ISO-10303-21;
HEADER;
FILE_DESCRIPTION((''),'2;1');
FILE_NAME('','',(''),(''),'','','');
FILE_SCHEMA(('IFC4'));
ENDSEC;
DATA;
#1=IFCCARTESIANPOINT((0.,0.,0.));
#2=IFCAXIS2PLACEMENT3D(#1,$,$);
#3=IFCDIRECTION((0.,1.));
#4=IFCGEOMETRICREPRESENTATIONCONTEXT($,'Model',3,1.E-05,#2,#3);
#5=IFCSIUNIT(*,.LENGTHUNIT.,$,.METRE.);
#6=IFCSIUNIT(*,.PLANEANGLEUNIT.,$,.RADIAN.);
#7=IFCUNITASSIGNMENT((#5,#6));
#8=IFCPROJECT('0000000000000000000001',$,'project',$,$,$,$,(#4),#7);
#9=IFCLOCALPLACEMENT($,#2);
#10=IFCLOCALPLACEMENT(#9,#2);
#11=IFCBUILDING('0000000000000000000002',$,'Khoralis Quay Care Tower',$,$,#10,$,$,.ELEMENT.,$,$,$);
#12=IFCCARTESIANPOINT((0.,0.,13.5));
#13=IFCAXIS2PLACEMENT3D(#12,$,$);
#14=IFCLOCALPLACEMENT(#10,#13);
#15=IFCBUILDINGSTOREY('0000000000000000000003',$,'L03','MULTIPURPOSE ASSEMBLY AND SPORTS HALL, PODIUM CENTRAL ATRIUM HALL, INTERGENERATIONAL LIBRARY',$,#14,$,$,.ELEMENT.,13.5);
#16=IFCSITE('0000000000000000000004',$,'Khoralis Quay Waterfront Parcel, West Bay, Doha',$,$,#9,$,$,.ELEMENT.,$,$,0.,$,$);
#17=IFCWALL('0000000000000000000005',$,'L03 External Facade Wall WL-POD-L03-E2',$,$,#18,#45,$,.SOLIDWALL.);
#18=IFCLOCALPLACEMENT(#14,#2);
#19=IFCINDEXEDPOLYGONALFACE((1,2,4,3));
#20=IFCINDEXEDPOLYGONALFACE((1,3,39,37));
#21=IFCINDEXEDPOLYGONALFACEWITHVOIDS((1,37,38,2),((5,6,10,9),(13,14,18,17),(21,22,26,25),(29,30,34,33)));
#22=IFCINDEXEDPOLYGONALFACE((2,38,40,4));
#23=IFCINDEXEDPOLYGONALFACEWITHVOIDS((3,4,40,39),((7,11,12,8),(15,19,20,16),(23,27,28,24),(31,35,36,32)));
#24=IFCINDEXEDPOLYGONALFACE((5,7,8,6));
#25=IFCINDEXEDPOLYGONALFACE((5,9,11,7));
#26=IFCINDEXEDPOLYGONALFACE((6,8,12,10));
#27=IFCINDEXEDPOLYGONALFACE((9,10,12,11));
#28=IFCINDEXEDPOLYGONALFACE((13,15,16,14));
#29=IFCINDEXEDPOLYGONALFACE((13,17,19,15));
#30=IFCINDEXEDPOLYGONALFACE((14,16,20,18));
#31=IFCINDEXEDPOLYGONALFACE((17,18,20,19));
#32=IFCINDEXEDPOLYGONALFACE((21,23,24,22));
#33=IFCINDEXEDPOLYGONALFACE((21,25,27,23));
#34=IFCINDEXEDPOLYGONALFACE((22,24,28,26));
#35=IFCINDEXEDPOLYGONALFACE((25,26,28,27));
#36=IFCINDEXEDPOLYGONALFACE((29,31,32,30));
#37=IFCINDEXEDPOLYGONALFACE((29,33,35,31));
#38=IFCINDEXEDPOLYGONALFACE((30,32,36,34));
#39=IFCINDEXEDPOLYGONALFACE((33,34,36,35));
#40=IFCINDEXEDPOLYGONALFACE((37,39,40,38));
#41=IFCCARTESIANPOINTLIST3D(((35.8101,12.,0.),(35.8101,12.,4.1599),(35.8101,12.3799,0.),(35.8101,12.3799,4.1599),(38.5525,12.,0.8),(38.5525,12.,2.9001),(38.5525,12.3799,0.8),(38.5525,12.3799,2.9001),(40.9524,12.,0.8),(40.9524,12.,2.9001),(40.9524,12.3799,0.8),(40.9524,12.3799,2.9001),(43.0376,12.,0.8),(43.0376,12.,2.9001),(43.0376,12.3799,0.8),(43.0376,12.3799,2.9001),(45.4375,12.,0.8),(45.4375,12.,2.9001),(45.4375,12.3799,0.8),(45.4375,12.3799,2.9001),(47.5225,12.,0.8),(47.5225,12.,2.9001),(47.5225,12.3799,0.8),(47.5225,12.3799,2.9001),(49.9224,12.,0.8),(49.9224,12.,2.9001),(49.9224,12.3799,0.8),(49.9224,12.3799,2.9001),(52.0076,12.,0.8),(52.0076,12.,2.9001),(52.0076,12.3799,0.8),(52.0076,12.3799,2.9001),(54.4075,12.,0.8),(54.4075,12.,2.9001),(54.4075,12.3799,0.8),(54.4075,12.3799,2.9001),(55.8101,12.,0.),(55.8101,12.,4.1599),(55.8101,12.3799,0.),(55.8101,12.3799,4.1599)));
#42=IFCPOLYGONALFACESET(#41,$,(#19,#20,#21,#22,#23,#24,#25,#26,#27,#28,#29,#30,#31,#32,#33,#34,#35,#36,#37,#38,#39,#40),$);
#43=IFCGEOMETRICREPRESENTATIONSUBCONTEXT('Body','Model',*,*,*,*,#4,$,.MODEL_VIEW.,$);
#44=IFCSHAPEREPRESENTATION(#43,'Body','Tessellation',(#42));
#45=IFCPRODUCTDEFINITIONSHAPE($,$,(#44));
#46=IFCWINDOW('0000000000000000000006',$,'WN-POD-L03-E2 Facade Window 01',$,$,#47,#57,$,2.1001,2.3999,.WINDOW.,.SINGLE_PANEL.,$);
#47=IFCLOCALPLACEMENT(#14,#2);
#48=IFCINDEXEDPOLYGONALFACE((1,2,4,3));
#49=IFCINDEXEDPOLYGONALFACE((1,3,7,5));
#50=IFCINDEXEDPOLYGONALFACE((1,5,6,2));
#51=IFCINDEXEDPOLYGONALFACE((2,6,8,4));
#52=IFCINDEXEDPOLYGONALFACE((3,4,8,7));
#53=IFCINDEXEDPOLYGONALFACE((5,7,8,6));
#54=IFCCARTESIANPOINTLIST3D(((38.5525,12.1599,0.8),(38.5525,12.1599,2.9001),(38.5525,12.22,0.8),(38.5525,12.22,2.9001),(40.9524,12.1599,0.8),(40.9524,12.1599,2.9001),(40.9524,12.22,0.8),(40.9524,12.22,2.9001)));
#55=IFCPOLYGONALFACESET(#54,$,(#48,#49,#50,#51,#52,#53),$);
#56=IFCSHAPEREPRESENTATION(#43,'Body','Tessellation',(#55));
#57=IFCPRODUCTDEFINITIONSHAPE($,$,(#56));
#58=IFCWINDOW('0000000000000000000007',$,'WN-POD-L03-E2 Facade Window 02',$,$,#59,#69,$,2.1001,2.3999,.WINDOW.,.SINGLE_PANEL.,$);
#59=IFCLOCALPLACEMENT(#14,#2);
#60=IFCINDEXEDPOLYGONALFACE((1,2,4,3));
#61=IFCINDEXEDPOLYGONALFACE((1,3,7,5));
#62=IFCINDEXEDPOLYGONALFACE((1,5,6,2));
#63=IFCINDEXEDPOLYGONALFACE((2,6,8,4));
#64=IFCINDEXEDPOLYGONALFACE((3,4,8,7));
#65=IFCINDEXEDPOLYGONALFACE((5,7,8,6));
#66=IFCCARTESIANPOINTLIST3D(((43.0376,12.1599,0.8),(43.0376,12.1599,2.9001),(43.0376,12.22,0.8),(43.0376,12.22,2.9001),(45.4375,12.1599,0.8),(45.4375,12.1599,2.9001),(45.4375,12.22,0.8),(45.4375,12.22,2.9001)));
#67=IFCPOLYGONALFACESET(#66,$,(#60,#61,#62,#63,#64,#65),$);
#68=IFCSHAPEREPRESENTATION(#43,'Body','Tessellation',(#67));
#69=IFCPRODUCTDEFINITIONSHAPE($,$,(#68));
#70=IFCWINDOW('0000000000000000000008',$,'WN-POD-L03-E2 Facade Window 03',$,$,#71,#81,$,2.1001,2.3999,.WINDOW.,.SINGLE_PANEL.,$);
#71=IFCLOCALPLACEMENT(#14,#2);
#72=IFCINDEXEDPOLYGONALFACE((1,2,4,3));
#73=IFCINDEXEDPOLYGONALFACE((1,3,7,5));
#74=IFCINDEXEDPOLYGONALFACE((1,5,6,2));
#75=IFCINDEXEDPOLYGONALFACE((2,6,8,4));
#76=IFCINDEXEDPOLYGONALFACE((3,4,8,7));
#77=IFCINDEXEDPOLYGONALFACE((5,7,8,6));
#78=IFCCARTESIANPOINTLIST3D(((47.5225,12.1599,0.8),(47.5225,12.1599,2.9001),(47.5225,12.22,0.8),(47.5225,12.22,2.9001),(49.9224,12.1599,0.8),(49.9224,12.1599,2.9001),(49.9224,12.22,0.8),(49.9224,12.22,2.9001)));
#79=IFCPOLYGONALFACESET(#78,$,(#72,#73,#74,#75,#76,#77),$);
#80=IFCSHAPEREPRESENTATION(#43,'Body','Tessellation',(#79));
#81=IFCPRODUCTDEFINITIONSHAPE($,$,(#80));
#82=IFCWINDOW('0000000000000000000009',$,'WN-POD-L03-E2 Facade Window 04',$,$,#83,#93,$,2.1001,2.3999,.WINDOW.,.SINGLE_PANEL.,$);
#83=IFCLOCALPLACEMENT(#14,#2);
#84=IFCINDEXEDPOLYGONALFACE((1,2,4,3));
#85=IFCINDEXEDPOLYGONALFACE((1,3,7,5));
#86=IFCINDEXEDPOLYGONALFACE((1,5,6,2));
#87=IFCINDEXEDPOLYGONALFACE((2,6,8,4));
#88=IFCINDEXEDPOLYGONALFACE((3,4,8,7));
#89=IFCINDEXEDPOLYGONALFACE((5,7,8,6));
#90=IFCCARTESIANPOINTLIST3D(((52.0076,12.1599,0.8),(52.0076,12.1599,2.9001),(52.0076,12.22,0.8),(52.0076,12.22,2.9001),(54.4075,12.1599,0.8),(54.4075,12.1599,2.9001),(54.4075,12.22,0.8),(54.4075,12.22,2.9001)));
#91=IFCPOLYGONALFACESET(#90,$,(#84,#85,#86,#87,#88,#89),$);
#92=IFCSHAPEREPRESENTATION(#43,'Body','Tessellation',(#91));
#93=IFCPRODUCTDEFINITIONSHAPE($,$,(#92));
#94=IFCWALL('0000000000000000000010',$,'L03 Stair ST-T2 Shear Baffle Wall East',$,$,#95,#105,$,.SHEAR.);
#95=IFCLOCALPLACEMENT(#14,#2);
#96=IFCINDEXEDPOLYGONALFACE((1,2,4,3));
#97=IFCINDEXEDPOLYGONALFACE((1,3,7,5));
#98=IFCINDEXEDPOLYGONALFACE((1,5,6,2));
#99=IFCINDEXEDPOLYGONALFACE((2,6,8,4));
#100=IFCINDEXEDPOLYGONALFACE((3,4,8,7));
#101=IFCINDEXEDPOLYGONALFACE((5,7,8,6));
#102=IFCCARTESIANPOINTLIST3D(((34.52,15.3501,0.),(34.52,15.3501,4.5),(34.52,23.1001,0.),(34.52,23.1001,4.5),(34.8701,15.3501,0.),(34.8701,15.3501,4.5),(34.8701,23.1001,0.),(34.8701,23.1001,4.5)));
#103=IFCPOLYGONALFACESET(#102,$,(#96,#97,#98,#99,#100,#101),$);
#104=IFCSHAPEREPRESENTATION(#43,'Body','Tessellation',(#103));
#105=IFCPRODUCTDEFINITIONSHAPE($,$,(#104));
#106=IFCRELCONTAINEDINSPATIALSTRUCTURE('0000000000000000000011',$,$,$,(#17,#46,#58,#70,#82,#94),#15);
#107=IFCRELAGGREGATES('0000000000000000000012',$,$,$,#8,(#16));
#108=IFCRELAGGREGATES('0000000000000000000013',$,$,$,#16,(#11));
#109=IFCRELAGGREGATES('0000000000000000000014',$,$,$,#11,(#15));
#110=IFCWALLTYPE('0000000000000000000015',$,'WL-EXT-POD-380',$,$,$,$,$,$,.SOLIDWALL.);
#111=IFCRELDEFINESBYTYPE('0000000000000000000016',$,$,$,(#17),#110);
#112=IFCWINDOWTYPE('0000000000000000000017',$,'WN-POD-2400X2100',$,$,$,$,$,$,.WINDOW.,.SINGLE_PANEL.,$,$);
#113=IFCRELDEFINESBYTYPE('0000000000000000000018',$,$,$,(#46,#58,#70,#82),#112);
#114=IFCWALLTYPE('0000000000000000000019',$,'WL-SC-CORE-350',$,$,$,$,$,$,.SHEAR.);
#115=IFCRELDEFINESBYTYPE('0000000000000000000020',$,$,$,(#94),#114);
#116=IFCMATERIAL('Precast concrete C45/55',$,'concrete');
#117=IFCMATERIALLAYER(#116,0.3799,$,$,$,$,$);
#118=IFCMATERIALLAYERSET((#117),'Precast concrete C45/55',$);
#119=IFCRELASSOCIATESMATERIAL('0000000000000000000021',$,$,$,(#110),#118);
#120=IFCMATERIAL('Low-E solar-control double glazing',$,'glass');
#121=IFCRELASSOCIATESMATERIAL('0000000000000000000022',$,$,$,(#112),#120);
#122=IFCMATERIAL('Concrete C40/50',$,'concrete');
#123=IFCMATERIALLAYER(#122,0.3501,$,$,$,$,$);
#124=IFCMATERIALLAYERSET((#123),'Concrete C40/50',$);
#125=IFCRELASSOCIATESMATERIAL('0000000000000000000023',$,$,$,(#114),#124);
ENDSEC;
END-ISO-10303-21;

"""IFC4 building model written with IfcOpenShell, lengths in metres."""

from ifc_helpers import new_model, si_unit, direction, frame, frame_2d, origin, place, context, subcontext, project, spatial, rectangle, extrude, source, transform, mapped, material, layer, layer_set, type_object, element, fill, save


model = new_model("IFC4")

# Units and contexts
model_context = context("Model", 3, precision=1e-05, world=origin(), true_north=direction((0.0, 1.0)))
body_context = subcontext(model_context, "Body", "Model", "MODEL_VIEW")
ifc_project = project(units=[si_unit("LENGTHUNIT", "METRE"), si_unit("PLANEANGLEUNIT", "RADIAN")], contexts=[model_context])

# Site, building, storey
site_placement = place(None, origin())
site = spatial("IfcSite", under=ifc_project, at=site_placement, Name="Khoralis Quay Waterfront Parcel, West Bay, Doha", CompositionType="ELEMENT", RefElevation=0.0)
building_placement = place(site_placement, origin())
building = spatial("IfcBuilding", under=site, at=building_placement, Name="Khoralis Quay Care Tower", CompositionType="ELEMENT")
storey_placement = place(building_placement, frame((0.0, 0.0, 13.5)))
storey = spatial("IfcBuildingStorey", under=building, at=storey_placement, Name="L03", Description="MULTIPURPOSE ASSEMBLY AND SPORTS HALL, PODIUM CENTRAL ATRIUM HALL, INTERGENERATIONAL LIBRARY", CompositionType="ELEMENT", Elevation=13.5)

# Shared definitions
ifc_material_1 = material(Name="Low-E solar-control double glazing", Category="glass")

# Shared definitions
ifc_material_2 = material(Name="Precast concrete C45/55", Category="concrete")
ifc_layer_1 = layer(ifc_material_2, 0.3799)
ifc_layer_set_1 = layer_set([ifc_layer_1], Name="Precast concrete C45/55")
wall_type_1 = type_object("IfcWallType", Name="WL-EXT-POD-380", PredefinedType="SOLIDWALL", material=ifc_layer_set_1)
window_type = type_object("IfcWindowType", Name="WN-POD-2400X2100", PartitioningType="SINGLE_PANEL", PredefinedType="WINDOW", material=ifc_material_1)
shared_shape_1 = source(origin(), body_context, "Body", "SweptSolid", [
    extrude(rectangle(XDim=2.3999, YDim=2.1001, at=frame_2d((1.2, 1.05))), frame((0.0, 0.03, 0.0), z_axis=(0.0, -1.0, 0.0), x_axis=(1.0, 0.0, 0.0)), (0.0, 0.0, 1.0), 0.0601),
])

# Wall, openings, windows
wall_1_placement = place(storey_placement, frame((35.8101, 12.1899, 0.0), z_axis=(0.0, 0.0, 1.0), x_axis=(1.0, 0.0, 0.0)))
wall_1 = element("IfcWall", 1, at=wall_1_placement, inside=storey, type_object=wall_type_1, Name="L03 External Facade Wall WL-POD-L03-E2", PredefinedType="SOLIDWALL", context=body_context, shape_type="SweptSolid", body=[
    extrude(rectangle(XDim=20.0, YDim=0.3799, at=frame_2d((10.0, 0.0))), origin(), (0.0, 0.0, 1.0), 4.1599),
])
opening_1_placement = place(wall_1_placement, frame((2.7424, 0.0, 0.8)))
opening_1 = element("IfcOpeningElement", 2, at=opening_1_placement, cuts=wall_1, PredefinedType="OPENING", context=body_context, shape_type="SweptSolid", body=[
    extrude(rectangle(XDim=2.3999, YDim=2.1001, at=frame_2d((1.2, 1.05))), frame((0.0, 0.2, 0.0), z_axis=(0.0, -1.0, 0.0), x_axis=(1.0, 0.0, 0.0)), (0.0, 0.0, 1.0), 0.3999),
])
opening_2_placement = place(wall_1_placement, frame((7.2275, 0.0, 0.8)))
opening_2 = element("IfcOpeningElement", 3, at=opening_2_placement, cuts=wall_1, PredefinedType="OPENING", context=body_context, shape_type="SweptSolid", body=[
    extrude(rectangle(XDim=2.3999, YDim=2.1001, at=frame_2d((1.2, 1.05))), frame((0.0, 0.2, 0.0), z_axis=(0.0, -1.0, 0.0), x_axis=(1.0, 0.0, 0.0)), (0.0, 0.0, 1.0), 0.3999),
])
opening_3_placement = place(wall_1_placement, frame((11.7124, 0.0, 0.8)))
opening_3 = element("IfcOpeningElement", 4, at=opening_3_placement, cuts=wall_1, PredefinedType="OPENING", context=body_context, shape_type="SweptSolid", body=[
    extrude(rectangle(XDim=2.3999, YDim=2.1001, at=frame_2d((1.2, 1.05))), frame((0.0, 0.2, 0.0), z_axis=(0.0, -1.0, 0.0), x_axis=(1.0, 0.0, 0.0)), (0.0, 0.0, 1.0), 0.3999),
])
opening_4_placement = place(wall_1_placement, frame((16.1975, 0.0, 0.8)))
opening_4 = element("IfcOpeningElement", 5, at=opening_4_placement, cuts=wall_1, PredefinedType="OPENING", context=body_context, shape_type="SweptSolid", body=[
    extrude(rectangle(XDim=2.3999, YDim=2.1001, at=frame_2d((1.2, 1.05))), frame((0.0, 0.2, 0.0), z_axis=(0.0, -1.0, 0.0), x_axis=(1.0, 0.0, 0.0)), (0.0, 0.0, 1.0), 0.3999),
])
window_1_placement = place(opening_1_placement, origin())
window_1 = element("IfcWindow", 6, at=window_1_placement, inside=storey, type_object=window_type, Name="WN-POD-L03-E2 Facade Window 01", OverallHeight=2.1001, OverallWidth=2.3999, PartitioningType="SINGLE_PANEL", PredefinedType="WINDOW", context=body_context, shape_type="MappedRepresentation", body=[
    mapped(shared_shape_1, transform((0.0, 0.0, 0.0), scale=1.0)),
])
fill(opening_1, window_1)
window_2_placement = place(opening_2_placement, origin())
window_2 = element("IfcWindow", 7, at=window_2_placement, inside=storey, type_object=window_type, Name="WN-POD-L03-E2 Facade Window 02", OverallHeight=2.1001, OverallWidth=2.3999, PartitioningType="SINGLE_PANEL", PredefinedType="WINDOW", context=body_context, shape_type="MappedRepresentation", body=[
    mapped(shared_shape_1, transform((0.0, 0.0, 0.0), scale=1.0)),
])
fill(opening_2, window_2)
window_3_placement = place(opening_3_placement, origin())
window_3 = element("IfcWindow", 8, at=window_3_placement, inside=storey, type_object=window_type, Name="WN-POD-L03-E2 Facade Window 03", OverallHeight=2.1001, OverallWidth=2.3999, PartitioningType="SINGLE_PANEL", PredefinedType="WINDOW", context=body_context, shape_type="MappedRepresentation", body=[
    mapped(shared_shape_1, transform((0.0, 0.0, 0.0), scale=1.0)),
])
fill(opening_3, window_3)
window_4_placement = place(opening_4_placement, origin())
window_4 = element("IfcWindow", 9, at=window_4_placement, inside=storey, type_object=window_type, Name="WN-POD-L03-E2 Facade Window 04", OverallHeight=2.1001, OverallWidth=2.3999, PartitioningType="SINGLE_PANEL", PredefinedType="WINDOW", context=body_context, shape_type="MappedRepresentation", body=[
    mapped(shared_shape_1, transform((0.0, 0.0, 0.0), scale=1.0)),
])
fill(opening_4, window_4)

# Wall
ifc_material_3 = material(Name="Concrete C40/50", Category="concrete")
ifc_layer_2 = layer(ifc_material_3, 0.3501)
ifc_layer_set_2 = layer_set([ifc_layer_2], Name="Concrete C40/50")
wall_type_2 = type_object("IfcWallType", Name="WL-SC-CORE-350", PredefinedType="SHEAR", material=ifc_layer_set_2)
wall_2_placement = place(storey_placement, frame((34.6951, 15.3501, 0.0), z_axis=(0.0, 0.0, 1.0), x_axis=(0.0, 1.0, 0.0)))
element("IfcWall", 10, at=wall_2_placement, inside=storey, type_object=wall_type_2, Name="L03 Stair ST-T2 Shear Baffle Wall East", PredefinedType="SHEAR", context=body_context, shape_type="SweptSolid", body=[
    extrude(rectangle(XDim=7.75, YDim=0.3501, at=frame_2d((3.875, 0.0))), origin(), (0.0, 0.0, 1.0), 4.5),
])

save(model, "model.ifc")
